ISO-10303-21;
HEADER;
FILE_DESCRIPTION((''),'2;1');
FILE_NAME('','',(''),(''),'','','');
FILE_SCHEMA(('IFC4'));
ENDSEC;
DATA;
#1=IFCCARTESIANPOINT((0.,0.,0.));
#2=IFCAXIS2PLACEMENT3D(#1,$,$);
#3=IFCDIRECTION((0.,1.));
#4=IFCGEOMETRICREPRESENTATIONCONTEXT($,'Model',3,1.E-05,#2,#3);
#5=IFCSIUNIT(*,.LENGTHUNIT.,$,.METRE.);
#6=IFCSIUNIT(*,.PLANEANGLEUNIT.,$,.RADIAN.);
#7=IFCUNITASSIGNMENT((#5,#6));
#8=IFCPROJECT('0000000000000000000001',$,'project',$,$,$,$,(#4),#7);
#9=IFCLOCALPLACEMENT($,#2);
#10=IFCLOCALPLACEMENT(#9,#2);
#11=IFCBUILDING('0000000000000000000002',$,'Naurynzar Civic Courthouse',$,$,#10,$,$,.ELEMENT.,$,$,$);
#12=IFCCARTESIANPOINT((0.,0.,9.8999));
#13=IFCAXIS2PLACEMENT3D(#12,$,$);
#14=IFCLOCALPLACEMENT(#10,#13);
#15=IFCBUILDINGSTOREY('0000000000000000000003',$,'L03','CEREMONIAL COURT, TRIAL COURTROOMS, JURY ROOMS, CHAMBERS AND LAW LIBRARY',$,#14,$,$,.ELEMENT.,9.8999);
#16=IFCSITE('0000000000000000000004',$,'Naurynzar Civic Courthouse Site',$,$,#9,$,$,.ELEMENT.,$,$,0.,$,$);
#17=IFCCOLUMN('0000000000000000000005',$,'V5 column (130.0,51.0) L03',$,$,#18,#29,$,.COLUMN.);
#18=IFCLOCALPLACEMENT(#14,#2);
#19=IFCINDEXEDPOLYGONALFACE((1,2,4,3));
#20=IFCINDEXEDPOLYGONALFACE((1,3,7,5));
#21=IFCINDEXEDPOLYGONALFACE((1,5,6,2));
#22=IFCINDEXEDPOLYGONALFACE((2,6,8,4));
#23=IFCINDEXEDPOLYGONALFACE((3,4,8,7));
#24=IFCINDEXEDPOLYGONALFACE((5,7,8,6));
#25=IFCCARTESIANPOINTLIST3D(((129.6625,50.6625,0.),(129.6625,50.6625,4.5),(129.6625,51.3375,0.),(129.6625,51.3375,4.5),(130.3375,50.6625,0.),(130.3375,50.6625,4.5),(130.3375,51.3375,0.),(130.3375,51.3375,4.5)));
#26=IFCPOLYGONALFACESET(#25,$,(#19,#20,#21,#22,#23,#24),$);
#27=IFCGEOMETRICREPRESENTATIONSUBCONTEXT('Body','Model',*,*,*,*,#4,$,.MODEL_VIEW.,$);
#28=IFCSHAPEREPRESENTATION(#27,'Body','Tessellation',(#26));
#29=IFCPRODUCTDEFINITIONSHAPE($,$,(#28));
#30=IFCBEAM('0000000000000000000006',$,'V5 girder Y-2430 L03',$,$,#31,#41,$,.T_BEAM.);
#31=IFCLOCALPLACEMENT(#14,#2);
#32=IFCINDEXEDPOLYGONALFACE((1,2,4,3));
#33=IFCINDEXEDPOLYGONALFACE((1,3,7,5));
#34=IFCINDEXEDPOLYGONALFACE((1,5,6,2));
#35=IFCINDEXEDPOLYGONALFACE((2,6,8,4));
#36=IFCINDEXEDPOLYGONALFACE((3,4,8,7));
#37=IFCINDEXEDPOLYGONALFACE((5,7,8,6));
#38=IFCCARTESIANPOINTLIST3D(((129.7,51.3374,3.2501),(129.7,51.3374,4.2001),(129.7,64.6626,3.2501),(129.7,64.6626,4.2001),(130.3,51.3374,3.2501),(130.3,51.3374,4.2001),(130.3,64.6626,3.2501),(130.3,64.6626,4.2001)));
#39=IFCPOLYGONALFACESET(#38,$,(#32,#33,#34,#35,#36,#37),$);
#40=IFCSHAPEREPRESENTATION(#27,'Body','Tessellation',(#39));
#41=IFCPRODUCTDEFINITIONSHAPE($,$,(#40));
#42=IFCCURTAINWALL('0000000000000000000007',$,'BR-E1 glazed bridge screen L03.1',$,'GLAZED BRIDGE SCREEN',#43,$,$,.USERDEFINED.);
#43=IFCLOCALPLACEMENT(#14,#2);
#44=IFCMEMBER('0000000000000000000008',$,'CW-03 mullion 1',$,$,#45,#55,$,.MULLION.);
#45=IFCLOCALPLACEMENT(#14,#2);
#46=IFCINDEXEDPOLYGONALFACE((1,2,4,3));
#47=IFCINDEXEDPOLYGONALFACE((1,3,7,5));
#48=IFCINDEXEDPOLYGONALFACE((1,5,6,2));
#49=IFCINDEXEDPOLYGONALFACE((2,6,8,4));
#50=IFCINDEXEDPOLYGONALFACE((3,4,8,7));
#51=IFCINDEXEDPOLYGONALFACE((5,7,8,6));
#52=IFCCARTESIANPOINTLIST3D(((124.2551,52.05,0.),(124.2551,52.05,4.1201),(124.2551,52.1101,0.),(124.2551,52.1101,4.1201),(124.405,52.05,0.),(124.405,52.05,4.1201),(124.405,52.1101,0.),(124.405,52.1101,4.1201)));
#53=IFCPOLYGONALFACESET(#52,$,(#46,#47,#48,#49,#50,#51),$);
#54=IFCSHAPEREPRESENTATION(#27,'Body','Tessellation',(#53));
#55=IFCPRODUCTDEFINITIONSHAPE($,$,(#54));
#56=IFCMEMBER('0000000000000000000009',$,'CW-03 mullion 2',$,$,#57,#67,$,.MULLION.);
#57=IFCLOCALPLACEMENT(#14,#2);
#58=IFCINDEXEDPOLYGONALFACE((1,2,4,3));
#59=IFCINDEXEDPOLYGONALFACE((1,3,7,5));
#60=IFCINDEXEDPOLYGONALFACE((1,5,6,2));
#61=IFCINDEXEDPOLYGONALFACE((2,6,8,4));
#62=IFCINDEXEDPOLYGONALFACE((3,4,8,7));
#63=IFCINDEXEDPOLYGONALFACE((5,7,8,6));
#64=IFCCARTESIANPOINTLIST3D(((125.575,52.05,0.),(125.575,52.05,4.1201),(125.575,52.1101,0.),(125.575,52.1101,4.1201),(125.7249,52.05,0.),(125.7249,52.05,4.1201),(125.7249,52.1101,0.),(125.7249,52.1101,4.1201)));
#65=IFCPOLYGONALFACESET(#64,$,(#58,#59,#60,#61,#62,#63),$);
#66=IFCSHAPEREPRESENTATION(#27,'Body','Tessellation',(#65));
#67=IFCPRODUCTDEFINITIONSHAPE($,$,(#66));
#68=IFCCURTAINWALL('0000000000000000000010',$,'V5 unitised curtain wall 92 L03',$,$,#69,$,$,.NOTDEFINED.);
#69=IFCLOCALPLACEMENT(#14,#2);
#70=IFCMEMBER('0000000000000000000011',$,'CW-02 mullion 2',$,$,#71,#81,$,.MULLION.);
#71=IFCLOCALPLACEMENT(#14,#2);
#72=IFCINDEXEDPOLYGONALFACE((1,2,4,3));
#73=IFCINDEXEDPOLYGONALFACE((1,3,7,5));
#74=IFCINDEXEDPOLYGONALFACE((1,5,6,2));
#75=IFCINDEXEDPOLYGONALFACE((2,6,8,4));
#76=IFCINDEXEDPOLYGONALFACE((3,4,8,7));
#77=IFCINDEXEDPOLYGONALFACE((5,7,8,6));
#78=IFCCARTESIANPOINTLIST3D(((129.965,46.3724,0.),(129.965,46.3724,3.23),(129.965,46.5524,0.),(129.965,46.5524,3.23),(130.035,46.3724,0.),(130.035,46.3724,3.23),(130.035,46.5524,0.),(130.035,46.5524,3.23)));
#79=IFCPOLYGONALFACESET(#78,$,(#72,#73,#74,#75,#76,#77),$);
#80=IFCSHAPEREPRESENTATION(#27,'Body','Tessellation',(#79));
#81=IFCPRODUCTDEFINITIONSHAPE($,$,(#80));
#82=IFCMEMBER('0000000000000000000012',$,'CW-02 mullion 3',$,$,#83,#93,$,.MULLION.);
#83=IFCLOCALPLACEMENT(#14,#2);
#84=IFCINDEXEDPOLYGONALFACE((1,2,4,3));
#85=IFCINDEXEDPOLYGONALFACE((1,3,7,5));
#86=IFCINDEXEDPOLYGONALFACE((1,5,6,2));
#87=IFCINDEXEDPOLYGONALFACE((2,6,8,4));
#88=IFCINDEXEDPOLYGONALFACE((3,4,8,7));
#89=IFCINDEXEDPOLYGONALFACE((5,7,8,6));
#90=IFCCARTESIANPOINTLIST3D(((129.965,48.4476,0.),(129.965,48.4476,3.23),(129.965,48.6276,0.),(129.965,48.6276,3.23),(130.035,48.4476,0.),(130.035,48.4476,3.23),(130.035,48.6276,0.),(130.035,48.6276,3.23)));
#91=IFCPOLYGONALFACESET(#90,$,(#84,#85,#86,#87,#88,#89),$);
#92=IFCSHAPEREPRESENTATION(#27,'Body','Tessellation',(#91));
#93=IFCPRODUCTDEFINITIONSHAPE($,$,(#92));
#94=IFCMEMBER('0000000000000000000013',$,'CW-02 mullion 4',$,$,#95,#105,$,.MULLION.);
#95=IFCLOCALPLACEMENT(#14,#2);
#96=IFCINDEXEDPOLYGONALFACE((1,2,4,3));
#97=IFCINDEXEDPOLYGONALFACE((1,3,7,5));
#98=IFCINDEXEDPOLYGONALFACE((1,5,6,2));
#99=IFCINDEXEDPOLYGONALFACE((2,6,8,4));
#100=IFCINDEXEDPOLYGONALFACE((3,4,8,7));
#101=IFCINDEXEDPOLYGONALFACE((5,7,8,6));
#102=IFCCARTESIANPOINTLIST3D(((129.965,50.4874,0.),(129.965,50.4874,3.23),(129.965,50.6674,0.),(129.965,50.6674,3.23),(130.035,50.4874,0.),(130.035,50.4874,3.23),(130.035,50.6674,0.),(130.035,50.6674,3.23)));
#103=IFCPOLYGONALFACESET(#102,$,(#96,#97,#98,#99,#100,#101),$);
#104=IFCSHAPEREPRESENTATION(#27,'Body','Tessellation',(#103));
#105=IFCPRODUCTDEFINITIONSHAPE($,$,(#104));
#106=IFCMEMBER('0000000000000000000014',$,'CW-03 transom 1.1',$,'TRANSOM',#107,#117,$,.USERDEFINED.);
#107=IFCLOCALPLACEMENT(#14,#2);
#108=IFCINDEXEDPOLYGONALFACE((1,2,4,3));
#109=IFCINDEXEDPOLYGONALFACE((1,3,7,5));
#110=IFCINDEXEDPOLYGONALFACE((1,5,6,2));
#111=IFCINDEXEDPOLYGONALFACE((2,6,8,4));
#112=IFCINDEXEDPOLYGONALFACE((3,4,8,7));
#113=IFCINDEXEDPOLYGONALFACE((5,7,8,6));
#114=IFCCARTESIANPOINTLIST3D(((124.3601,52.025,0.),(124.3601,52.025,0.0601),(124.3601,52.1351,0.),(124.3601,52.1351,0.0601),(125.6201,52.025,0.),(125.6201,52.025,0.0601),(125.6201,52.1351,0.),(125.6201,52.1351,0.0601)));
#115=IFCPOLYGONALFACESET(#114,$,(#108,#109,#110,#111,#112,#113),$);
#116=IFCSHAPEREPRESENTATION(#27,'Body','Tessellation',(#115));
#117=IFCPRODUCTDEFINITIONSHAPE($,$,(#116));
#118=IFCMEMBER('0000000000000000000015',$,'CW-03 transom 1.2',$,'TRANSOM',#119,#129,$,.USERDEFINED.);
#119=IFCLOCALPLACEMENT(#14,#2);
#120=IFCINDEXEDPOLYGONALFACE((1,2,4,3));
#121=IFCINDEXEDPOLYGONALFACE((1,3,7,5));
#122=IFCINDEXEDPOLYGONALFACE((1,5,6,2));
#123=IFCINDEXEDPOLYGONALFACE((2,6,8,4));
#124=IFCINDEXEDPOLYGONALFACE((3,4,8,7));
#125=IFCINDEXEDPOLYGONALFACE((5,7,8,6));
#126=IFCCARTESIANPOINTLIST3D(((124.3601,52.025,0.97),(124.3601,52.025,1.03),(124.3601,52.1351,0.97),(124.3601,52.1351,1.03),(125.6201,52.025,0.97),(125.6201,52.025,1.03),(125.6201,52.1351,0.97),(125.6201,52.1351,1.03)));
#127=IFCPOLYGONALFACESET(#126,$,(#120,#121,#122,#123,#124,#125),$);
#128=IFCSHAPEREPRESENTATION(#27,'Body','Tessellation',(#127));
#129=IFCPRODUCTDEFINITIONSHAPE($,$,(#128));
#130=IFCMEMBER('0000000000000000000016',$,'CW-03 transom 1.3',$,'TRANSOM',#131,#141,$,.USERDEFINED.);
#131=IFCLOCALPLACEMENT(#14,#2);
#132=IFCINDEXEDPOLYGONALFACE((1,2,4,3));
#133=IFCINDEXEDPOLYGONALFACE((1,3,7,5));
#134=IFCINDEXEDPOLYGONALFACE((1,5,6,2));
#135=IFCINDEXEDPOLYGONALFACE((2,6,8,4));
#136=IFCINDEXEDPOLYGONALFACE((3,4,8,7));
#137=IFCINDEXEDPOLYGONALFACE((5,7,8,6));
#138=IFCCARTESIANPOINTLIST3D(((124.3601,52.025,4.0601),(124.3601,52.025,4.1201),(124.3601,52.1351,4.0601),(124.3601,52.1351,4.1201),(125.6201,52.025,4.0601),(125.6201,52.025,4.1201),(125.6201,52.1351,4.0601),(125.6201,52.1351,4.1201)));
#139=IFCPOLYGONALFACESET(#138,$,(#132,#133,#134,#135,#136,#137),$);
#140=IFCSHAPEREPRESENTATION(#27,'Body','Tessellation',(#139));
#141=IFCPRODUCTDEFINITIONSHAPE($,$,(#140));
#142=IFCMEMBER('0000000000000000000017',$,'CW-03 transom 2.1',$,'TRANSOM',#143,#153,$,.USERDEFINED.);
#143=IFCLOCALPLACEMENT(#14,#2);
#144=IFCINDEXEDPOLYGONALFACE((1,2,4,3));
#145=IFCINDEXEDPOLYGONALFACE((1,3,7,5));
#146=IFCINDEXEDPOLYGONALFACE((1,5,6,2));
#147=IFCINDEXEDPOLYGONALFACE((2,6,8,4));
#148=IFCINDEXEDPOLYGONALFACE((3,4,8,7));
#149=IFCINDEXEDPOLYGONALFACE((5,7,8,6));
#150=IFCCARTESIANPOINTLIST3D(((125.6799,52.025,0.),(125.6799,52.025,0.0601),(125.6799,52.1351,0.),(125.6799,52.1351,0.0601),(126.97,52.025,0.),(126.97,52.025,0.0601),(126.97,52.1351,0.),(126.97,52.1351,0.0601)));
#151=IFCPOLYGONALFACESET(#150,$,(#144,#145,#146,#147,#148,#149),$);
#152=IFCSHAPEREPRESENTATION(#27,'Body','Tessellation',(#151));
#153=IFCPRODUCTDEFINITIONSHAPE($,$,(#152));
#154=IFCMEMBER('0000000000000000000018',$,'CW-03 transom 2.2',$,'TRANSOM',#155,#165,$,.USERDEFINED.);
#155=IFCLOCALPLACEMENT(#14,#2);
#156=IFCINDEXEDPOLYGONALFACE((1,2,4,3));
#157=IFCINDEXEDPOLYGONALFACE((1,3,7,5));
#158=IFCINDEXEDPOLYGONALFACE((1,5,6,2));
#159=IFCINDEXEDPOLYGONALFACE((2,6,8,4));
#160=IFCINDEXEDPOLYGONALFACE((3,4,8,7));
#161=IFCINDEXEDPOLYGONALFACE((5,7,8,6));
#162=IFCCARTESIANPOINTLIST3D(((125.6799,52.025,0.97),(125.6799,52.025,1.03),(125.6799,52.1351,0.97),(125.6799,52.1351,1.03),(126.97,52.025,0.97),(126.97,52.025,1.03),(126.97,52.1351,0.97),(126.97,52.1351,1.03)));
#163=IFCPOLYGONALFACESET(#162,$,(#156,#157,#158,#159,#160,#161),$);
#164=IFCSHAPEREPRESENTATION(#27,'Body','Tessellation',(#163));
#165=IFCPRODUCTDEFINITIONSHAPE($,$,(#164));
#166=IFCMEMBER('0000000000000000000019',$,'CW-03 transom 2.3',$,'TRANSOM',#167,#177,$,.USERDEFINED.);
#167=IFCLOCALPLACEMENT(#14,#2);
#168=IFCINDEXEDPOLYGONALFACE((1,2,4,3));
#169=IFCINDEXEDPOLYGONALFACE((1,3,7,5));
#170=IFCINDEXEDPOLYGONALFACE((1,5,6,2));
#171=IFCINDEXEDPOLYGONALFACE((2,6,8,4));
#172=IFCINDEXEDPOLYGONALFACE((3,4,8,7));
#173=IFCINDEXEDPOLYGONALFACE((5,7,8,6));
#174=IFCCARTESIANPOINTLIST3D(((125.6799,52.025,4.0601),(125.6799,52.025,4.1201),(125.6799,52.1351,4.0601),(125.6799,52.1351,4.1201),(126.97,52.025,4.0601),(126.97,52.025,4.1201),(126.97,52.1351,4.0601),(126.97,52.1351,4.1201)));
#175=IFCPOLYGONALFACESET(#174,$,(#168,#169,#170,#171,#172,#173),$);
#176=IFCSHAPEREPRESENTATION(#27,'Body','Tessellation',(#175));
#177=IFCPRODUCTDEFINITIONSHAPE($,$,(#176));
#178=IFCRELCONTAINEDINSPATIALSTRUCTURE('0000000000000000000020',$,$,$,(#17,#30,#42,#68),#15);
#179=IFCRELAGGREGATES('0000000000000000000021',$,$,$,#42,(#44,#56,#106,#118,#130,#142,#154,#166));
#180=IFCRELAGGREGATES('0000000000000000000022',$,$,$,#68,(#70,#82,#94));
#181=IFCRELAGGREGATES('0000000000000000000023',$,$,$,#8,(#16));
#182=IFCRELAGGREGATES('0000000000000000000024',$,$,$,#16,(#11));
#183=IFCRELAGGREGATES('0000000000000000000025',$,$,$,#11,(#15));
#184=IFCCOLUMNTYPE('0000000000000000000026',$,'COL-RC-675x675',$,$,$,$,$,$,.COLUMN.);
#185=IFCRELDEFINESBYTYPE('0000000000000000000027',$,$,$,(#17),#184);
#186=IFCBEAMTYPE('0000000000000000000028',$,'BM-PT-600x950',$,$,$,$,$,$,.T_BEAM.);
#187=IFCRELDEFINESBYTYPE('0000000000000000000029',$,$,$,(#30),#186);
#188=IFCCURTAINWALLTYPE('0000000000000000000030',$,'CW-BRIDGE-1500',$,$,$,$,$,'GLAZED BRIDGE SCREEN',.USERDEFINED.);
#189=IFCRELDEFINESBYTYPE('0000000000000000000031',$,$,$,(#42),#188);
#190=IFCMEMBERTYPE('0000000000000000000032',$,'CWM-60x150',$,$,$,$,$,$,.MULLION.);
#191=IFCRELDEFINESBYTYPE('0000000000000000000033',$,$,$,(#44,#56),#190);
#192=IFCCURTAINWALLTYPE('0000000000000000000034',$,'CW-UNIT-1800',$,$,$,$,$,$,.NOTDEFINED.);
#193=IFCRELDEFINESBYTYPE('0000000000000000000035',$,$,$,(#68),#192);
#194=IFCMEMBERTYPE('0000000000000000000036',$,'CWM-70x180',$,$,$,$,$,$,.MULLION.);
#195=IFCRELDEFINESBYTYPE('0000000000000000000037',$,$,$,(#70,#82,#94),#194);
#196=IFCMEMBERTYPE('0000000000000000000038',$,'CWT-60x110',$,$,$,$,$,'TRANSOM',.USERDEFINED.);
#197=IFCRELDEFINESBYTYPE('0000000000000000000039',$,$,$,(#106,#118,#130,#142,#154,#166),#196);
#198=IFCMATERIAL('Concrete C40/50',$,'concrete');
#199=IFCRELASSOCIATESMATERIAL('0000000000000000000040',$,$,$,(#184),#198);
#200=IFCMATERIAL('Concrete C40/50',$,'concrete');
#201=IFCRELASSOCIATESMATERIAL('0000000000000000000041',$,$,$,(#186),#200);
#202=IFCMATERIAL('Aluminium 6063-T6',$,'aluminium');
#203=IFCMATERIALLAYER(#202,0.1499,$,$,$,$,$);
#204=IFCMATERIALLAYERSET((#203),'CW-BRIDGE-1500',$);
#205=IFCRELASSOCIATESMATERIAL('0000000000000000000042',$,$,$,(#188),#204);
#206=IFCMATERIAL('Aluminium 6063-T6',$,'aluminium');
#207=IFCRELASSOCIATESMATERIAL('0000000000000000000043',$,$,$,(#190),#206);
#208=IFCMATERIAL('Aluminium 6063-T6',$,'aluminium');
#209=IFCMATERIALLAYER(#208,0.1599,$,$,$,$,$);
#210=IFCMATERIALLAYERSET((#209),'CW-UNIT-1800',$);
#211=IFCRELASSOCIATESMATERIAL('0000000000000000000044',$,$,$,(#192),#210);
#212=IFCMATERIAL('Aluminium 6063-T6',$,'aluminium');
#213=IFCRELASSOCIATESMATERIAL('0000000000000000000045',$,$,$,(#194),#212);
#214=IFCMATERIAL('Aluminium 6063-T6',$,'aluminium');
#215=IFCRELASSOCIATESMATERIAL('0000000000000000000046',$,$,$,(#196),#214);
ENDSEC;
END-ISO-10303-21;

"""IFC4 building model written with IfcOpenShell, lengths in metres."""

from ifc_helpers import new_model, si_unit, direction, frame, origin, origin_2d, place, context, subcontext, project, spatial, rectangle, extrude, material, layer, layer_set, material_profile, profile_set, type_object, element, aggregate, save


model = new_model("IFC4")

# Units and contexts
model_context = context("Model", 3, precision=1e-05, world=origin(), true_north=direction((0.0, 1.0)))
body_context = subcontext(model_context, "Body", "Model", "MODEL_VIEW")
ifc_project = project(units=[si_unit("LENGTHUNIT", "METRE"), si_unit("PLANEANGLEUNIT", "RADIAN")], contexts=[model_context])

# Site, building, storey
site_placement = place(None, origin())
site = spatial("IfcSite", under=ifc_project, at=site_placement, Name="Naurynzar Civic Courthouse Site", CompositionType="ELEMENT", RefElevation=0.0)
building_placement = place(site_placement, origin())
building = spatial("IfcBuilding", under=site, at=building_placement, Name="Naurynzar Civic Courthouse", CompositionType="ELEMENT")
storey_placement = place(building_placement, frame((0.0, 0.0, 9.8999)))
storey = spatial("IfcBuildingStorey", under=building, at=storey_placement, Name="L03", Description="CEREMONIAL COURT, TRIAL COURTROOMS, JURY ROOMS, CHAMBERS AND LAW LIBRARY", CompositionType="ELEMENT", Elevation=9.8999)

# Column
ifc_material_1 = material(Name="Concrete C40/50", Category="concrete")
ifc_material_profile_1 = material_profile(ifc_material_1, rectangle(XDim=0.675, YDim=0.675, at=origin_2d()), Name="RC 675x675")
ifc_profile_set_1 = profile_set([ifc_material_profile_1], Name="Concrete C40/50")
column_type = type_object("IfcColumnType", Name="COL-RC-675x675", PredefinedType="COLUMN", material=ifc_profile_set_1)
column_placement = place(storey_placement, frame((130.0, 51.0, 0.0), z_axis=(0.0, 0.0, 1.0), x_axis=(1.0, 0.0, 0.0)))
element("IfcColumn", 1, at=column_placement, inside=storey, type_object=column_type, Name="V5 column (130.0,51.0) L03", PredefinedType="COLUMN", context=body_context, shape_type="SweptSolid", body=[
    extrude(rectangle(XDim=0.675, YDim=0.675, at=origin_2d()), origin(), (0.0, 0.0, 1.0), 4.5),
])

# Beam
ifc_material_2 = material(Name="Concrete C40/50", Category="concrete")
ifc_material_profile_2 = material_profile(ifc_material_2, rectangle(XDim=0.6001, YDim=0.95, at=origin_2d()), Name="PTB 600x950")
ifc_profile_set_2 = profile_set([ifc_material_profile_2], Name="Concrete C40/50")
beam_type = type_object("IfcBeamType", Name="BM-PT-600x950", PredefinedType="T_BEAM", material=ifc_profile_set_2)
beam_placement = place(storey_placement, frame((130.0, 51.3374, 3.7251), z_axis=(0.0, 1.0, 0.0), x_axis=(-1.0, 0.0, 0.0)))
element("IfcBeam", 2, at=beam_placement, inside=storey, type_object=beam_type, Name="V5 girder Y-2430 L03", PredefinedType="T_BEAM", context=body_context, shape_type="SweptSolid", body=[
    extrude(rectangle(XDim=0.6001, YDim=0.95, at=origin_2d()), origin(), (0.0, 0.0, 1.0), 13.3252),
])

# Curtain walls, members
ifc_material_3 = material(Name="Aluminium 6063-T6", Category="aluminium")
ifc_layer_1 = layer(ifc_material_3, 0.1499)
ifc_layer_set_1 = layer_set([ifc_layer_1], Name="CW-BRIDGE-1500")
curtain_wall_type_1 = type_object("IfcCurtainWallType", Name="CW-BRIDGE-1500", ElementType="GLAZED BRIDGE SCREEN", PredefinedType="USERDEFINED", material=ifc_layer_set_1)
curtain_wall_1_placement = place(storey_placement, origin())
curtain_wall_1 = element("IfcCurtainWall", 3, at=curtain_wall_1_placement, inside=storey, type_object=curtain_wall_type_1, Name="BR-E1 glazed bridge screen L03.1", ObjectType="GLAZED BRIDGE SCREEN", PredefinedType="USERDEFINED")
ifc_material_4 = material(Name="Aluminium 6063-T6", Category="aluminium")
ifc_material_profile_3 = material_profile(ifc_material_4, rectangle(XDim=0.0601, YDim=0.1499, at=origin_2d()), Name="ALU MULLION 60x150")
ifc_profile_set_3 = profile_set([ifc_material_profile_3], Name="Aluminium 6063-T6")
member_type_1 = type_object("IfcMemberType", Name="CWM-60x150", PredefinedType="MULLION", material=ifc_profile_set_3)
member_1_placement = place(storey_placement, frame((124.3301, 52.0801, 0.0), z_axis=(0.0, 0.0, 1.0), x_axis=(0.0, 1.0, 0.0)))
member_1 = element("IfcMember", 4, at=member_1_placement, type_object=member_type_1, Name="CW-03 mullion 1", PredefinedType="MULLION", context=body_context, shape_type="SweptSolid", body=[
    extrude(rectangle(XDim=0.0601, YDim=0.1499, at=origin_2d()), origin(), (0.0, 0.0, 1.0), 4.1201),
])
member_2_placement = place(storey_placement, frame((125.6499, 52.0801, 0.0), z_axis=(0.0, 0.0, 1.0), x_axis=(0.0, 1.0, 0.0)))
member_2 = element("IfcMember", 5, at=member_2_placement, type_object=member_type_1, Name="CW-03 mullion 2", PredefinedType="MULLION", context=body_context, shape_type="SweptSolid", body=[
    extrude(rectangle(XDim=0.0601, YDim=0.1499, at=origin_2d()), origin(), (0.0, 0.0, 1.0), 4.1201),
])
ifc_material_5 = material(Name="Aluminium 6063-T6", Category="aluminium")
ifc_layer_2 = layer(ifc_material_5, 0.1599)
ifc_layer_set_2 = layer_set([ifc_layer_2], Name="CW-UNIT-1800")
curtain_wall_type_2 = type_object("IfcCurtainWallType", Name="CW-UNIT-1800", PredefinedType="NOTDEFINED", material=ifc_layer_set_2)
curtain_wall_2_placement = place(storey_placement, origin())
curtain_wall_2 = element("IfcCurtainWall", 6, at=curtain_wall_2_placement, inside=storey, type_object=curtain_wall_type_2, Name="V5 unitised curtain wall 92 L03", PredefinedType="NOTDEFINED")
ifc_material_6 = material(Name="Aluminium 6063-T6", Category="aluminium")
ifc_material_profile_4 = material_profile(ifc_material_6, rectangle(XDim=0.0701, YDim=0.1799, at=origin_2d()), Name="ALU MULLION 70x180")
ifc_profile_set_4 = profile_set([ifc_material_profile_4], Name="Aluminium 6063-T6")
member_type_2 = type_object("IfcMemberType", Name="CWM-70x180", PredefinedType="MULLION", material=ifc_profile_set_4)
member_3_placement = place(storey_placement, frame((130.0, 46.4624, 0.0), z_axis=(0.0, 0.0, 1.0), x_axis=(-1.0, 0.0, 0.0)))
member_3 = element("IfcMember", 7, at=member_3_placement, type_object=member_type_2, Name="CW-02 mullion 2", PredefinedType="MULLION", context=body_context, shape_type="SweptSolid", body=[
    extrude(rectangle(XDim=0.0701, YDim=0.1799, at=origin_2d()), origin(), (0.0, 0.0, 1.0), 3.23),
])
member_4_placement = place(storey_placement, frame((130.0, 48.5376, 0.0), z_axis=(0.0, 0.0, 1.0), x_axis=(-1.0, 0.0, 0.0)))
member_4 = element("IfcMember", 8, at=member_4_placement, type_object=member_type_2, Name="CW-02 mullion 3", PredefinedType="MULLION", context=body_context, shape_type="SweptSolid", body=[
    extrude(rectangle(XDim=0.0701, YDim=0.1799, at=origin_2d()), origin(), (0.0, 0.0, 1.0), 3.23),
])
member_5_placement = place(storey_placement, frame((130.0, 50.5774, 0.0), z_axis=(0.0, 0.0, 1.0), x_axis=(-1.0, 0.0, 0.0)))
member_5 = element("IfcMember", 9, at=member_5_placement, type_object=member_type_2, Name="CW-02 mullion 4", PredefinedType="MULLION", context=body_context, shape_type="SweptSolid", body=[
    extrude(rectangle(XDim=0.0701, YDim=0.1799, at=origin_2d()), origin(), (0.0, 0.0, 1.0), 3.23),
])

# Members
ifc_material_7 = material(Name="Aluminium 6063-T6", Category="aluminium")
ifc_material_profile_5 = material_profile(ifc_material_7, rectangle(XDim=0.1101, YDim=0.0601, at=origin_2d()), Name="ALU TRANSOM 60x110")
ifc_profile_set_5 = profile_set([ifc_material_profile_5], Name="Aluminium 6063-T6")
member_type_3 = type_object("IfcMemberType", Name="CWT-60x110", ElementType="TRANSOM", PredefinedType="USERDEFINED", material=ifc_profile_set_5)
member_6_placement = place(storey_placement, frame((124.3601, 52.0801, 0.03), z_axis=(1.0, 0.0, 0.0), x_axis=(0.0, 1.0, 0.0)))
member_6 = element("IfcMember", 10, at=member_6_placement, type_object=member_type_3, Name="CW-03 transom 1.1", ObjectType="TRANSOM", PredefinedType="USERDEFINED", context=body_context, shape_type="SweptSolid", body=[
    extrude(rectangle(XDim=0.1101, YDim=0.0601, at=origin_2d()), origin(), (0.0, 0.0, 1.0), 1.26),
])
member_7_placement = place(storey_placement, frame((124.3601, 52.0801, 1.0), z_axis=(1.0, 0.0, 0.0), x_axis=(0.0, 1.0, 0.0)))
member_7 = element("IfcMember", 11, at=member_7_placement, type_object=member_type_3, Name="CW-03 transom 1.2", ObjectType="TRANSOM", PredefinedType="USERDEFINED", context=body_context, shape_type="SweptSolid", body=[
    extrude(rectangle(XDim=0.1101, YDim=0.0601, at=origin_2d()), origin(), (0.0, 0.0, 1.0), 1.26),
])
member_8_placement = place(storey_placement, frame((124.3601, 52.0801, 4.0901), z_axis=(1.0, 0.0, 0.0), x_axis=(0.0, 1.0, 0.0)))
member_8 = element("IfcMember", 12, at=member_8_placement, type_object=member_type_3, Name="CW-03 transom 1.3", ObjectType="TRANSOM", PredefinedType="USERDEFINED", context=body_context, shape_type="SweptSolid", body=[
    extrude(rectangle(XDim=0.1101, YDim=0.0601, at=origin_2d()), origin(), (0.0, 0.0, 1.0), 1.26),
])
member_9_placement = place(storey_placement, frame((125.6799, 52.0801, 0.03), z_axis=(1.0, 0.0, 0.0), x_axis=(0.0, 1.0, 0.0)))
member_9 = element("IfcMember", 13, at=member_9_placement, type_object=member_type_3, Name="CW-03 transom 2.1", ObjectType="TRANSOM", PredefinedType="USERDEFINED", context=body_context, shape_type="SweptSolid", body=[
    extrude(rectangle(XDim=0.1101, YDim=0.0601, at=origin_2d()), origin(), (0.0, 0.0, 1.0), 1.29),
])
member_10_placement = place(storey_placement, frame((125.6799, 52.0801, 1.0), z_axis=(1.0, 0.0, 0.0), x_axis=(0.0, 1.0, 0.0)))
member_10 = element("IfcMember", 14, at=member_10_placement, type_object=member_type_3, Name="CW-03 transom 2.2", ObjectType="TRANSOM", PredefinedType="USERDEFINED", context=body_context, shape_type="SweptSolid", body=[
    extrude(rectangle(XDim=0.1101, YDim=0.0601, at=origin_2d()), origin(), (0.0, 0.0, 1.0), 1.29),
])
member_11_placement = place(storey_placement, frame((125.6799, 52.0801, 4.0901), z_axis=(1.0, 0.0, 0.0), x_axis=(0.0, 1.0, 0.0)))
member_11 = element("IfcMember", 15, at=member_11_placement, type_object=member_type_3, Name="CW-03 transom 2.3", ObjectType="TRANSOM", PredefinedType="USERDEFINED", context=body_context, shape_type="SweptSolid", body=[
    extrude(rectangle(XDim=0.1101, YDim=0.0601, at=origin_2d()), origin(), (0.0, 0.0, 1.0), 1.29),
])

aggregate(curtain_wall_1, [member_1, member_2, member_6, member_7, member_8, member_9, member_10, member_11])
aggregate(curtain_wall_2, [member_3, member_4, member_5])

save(model, "model.ifc")
